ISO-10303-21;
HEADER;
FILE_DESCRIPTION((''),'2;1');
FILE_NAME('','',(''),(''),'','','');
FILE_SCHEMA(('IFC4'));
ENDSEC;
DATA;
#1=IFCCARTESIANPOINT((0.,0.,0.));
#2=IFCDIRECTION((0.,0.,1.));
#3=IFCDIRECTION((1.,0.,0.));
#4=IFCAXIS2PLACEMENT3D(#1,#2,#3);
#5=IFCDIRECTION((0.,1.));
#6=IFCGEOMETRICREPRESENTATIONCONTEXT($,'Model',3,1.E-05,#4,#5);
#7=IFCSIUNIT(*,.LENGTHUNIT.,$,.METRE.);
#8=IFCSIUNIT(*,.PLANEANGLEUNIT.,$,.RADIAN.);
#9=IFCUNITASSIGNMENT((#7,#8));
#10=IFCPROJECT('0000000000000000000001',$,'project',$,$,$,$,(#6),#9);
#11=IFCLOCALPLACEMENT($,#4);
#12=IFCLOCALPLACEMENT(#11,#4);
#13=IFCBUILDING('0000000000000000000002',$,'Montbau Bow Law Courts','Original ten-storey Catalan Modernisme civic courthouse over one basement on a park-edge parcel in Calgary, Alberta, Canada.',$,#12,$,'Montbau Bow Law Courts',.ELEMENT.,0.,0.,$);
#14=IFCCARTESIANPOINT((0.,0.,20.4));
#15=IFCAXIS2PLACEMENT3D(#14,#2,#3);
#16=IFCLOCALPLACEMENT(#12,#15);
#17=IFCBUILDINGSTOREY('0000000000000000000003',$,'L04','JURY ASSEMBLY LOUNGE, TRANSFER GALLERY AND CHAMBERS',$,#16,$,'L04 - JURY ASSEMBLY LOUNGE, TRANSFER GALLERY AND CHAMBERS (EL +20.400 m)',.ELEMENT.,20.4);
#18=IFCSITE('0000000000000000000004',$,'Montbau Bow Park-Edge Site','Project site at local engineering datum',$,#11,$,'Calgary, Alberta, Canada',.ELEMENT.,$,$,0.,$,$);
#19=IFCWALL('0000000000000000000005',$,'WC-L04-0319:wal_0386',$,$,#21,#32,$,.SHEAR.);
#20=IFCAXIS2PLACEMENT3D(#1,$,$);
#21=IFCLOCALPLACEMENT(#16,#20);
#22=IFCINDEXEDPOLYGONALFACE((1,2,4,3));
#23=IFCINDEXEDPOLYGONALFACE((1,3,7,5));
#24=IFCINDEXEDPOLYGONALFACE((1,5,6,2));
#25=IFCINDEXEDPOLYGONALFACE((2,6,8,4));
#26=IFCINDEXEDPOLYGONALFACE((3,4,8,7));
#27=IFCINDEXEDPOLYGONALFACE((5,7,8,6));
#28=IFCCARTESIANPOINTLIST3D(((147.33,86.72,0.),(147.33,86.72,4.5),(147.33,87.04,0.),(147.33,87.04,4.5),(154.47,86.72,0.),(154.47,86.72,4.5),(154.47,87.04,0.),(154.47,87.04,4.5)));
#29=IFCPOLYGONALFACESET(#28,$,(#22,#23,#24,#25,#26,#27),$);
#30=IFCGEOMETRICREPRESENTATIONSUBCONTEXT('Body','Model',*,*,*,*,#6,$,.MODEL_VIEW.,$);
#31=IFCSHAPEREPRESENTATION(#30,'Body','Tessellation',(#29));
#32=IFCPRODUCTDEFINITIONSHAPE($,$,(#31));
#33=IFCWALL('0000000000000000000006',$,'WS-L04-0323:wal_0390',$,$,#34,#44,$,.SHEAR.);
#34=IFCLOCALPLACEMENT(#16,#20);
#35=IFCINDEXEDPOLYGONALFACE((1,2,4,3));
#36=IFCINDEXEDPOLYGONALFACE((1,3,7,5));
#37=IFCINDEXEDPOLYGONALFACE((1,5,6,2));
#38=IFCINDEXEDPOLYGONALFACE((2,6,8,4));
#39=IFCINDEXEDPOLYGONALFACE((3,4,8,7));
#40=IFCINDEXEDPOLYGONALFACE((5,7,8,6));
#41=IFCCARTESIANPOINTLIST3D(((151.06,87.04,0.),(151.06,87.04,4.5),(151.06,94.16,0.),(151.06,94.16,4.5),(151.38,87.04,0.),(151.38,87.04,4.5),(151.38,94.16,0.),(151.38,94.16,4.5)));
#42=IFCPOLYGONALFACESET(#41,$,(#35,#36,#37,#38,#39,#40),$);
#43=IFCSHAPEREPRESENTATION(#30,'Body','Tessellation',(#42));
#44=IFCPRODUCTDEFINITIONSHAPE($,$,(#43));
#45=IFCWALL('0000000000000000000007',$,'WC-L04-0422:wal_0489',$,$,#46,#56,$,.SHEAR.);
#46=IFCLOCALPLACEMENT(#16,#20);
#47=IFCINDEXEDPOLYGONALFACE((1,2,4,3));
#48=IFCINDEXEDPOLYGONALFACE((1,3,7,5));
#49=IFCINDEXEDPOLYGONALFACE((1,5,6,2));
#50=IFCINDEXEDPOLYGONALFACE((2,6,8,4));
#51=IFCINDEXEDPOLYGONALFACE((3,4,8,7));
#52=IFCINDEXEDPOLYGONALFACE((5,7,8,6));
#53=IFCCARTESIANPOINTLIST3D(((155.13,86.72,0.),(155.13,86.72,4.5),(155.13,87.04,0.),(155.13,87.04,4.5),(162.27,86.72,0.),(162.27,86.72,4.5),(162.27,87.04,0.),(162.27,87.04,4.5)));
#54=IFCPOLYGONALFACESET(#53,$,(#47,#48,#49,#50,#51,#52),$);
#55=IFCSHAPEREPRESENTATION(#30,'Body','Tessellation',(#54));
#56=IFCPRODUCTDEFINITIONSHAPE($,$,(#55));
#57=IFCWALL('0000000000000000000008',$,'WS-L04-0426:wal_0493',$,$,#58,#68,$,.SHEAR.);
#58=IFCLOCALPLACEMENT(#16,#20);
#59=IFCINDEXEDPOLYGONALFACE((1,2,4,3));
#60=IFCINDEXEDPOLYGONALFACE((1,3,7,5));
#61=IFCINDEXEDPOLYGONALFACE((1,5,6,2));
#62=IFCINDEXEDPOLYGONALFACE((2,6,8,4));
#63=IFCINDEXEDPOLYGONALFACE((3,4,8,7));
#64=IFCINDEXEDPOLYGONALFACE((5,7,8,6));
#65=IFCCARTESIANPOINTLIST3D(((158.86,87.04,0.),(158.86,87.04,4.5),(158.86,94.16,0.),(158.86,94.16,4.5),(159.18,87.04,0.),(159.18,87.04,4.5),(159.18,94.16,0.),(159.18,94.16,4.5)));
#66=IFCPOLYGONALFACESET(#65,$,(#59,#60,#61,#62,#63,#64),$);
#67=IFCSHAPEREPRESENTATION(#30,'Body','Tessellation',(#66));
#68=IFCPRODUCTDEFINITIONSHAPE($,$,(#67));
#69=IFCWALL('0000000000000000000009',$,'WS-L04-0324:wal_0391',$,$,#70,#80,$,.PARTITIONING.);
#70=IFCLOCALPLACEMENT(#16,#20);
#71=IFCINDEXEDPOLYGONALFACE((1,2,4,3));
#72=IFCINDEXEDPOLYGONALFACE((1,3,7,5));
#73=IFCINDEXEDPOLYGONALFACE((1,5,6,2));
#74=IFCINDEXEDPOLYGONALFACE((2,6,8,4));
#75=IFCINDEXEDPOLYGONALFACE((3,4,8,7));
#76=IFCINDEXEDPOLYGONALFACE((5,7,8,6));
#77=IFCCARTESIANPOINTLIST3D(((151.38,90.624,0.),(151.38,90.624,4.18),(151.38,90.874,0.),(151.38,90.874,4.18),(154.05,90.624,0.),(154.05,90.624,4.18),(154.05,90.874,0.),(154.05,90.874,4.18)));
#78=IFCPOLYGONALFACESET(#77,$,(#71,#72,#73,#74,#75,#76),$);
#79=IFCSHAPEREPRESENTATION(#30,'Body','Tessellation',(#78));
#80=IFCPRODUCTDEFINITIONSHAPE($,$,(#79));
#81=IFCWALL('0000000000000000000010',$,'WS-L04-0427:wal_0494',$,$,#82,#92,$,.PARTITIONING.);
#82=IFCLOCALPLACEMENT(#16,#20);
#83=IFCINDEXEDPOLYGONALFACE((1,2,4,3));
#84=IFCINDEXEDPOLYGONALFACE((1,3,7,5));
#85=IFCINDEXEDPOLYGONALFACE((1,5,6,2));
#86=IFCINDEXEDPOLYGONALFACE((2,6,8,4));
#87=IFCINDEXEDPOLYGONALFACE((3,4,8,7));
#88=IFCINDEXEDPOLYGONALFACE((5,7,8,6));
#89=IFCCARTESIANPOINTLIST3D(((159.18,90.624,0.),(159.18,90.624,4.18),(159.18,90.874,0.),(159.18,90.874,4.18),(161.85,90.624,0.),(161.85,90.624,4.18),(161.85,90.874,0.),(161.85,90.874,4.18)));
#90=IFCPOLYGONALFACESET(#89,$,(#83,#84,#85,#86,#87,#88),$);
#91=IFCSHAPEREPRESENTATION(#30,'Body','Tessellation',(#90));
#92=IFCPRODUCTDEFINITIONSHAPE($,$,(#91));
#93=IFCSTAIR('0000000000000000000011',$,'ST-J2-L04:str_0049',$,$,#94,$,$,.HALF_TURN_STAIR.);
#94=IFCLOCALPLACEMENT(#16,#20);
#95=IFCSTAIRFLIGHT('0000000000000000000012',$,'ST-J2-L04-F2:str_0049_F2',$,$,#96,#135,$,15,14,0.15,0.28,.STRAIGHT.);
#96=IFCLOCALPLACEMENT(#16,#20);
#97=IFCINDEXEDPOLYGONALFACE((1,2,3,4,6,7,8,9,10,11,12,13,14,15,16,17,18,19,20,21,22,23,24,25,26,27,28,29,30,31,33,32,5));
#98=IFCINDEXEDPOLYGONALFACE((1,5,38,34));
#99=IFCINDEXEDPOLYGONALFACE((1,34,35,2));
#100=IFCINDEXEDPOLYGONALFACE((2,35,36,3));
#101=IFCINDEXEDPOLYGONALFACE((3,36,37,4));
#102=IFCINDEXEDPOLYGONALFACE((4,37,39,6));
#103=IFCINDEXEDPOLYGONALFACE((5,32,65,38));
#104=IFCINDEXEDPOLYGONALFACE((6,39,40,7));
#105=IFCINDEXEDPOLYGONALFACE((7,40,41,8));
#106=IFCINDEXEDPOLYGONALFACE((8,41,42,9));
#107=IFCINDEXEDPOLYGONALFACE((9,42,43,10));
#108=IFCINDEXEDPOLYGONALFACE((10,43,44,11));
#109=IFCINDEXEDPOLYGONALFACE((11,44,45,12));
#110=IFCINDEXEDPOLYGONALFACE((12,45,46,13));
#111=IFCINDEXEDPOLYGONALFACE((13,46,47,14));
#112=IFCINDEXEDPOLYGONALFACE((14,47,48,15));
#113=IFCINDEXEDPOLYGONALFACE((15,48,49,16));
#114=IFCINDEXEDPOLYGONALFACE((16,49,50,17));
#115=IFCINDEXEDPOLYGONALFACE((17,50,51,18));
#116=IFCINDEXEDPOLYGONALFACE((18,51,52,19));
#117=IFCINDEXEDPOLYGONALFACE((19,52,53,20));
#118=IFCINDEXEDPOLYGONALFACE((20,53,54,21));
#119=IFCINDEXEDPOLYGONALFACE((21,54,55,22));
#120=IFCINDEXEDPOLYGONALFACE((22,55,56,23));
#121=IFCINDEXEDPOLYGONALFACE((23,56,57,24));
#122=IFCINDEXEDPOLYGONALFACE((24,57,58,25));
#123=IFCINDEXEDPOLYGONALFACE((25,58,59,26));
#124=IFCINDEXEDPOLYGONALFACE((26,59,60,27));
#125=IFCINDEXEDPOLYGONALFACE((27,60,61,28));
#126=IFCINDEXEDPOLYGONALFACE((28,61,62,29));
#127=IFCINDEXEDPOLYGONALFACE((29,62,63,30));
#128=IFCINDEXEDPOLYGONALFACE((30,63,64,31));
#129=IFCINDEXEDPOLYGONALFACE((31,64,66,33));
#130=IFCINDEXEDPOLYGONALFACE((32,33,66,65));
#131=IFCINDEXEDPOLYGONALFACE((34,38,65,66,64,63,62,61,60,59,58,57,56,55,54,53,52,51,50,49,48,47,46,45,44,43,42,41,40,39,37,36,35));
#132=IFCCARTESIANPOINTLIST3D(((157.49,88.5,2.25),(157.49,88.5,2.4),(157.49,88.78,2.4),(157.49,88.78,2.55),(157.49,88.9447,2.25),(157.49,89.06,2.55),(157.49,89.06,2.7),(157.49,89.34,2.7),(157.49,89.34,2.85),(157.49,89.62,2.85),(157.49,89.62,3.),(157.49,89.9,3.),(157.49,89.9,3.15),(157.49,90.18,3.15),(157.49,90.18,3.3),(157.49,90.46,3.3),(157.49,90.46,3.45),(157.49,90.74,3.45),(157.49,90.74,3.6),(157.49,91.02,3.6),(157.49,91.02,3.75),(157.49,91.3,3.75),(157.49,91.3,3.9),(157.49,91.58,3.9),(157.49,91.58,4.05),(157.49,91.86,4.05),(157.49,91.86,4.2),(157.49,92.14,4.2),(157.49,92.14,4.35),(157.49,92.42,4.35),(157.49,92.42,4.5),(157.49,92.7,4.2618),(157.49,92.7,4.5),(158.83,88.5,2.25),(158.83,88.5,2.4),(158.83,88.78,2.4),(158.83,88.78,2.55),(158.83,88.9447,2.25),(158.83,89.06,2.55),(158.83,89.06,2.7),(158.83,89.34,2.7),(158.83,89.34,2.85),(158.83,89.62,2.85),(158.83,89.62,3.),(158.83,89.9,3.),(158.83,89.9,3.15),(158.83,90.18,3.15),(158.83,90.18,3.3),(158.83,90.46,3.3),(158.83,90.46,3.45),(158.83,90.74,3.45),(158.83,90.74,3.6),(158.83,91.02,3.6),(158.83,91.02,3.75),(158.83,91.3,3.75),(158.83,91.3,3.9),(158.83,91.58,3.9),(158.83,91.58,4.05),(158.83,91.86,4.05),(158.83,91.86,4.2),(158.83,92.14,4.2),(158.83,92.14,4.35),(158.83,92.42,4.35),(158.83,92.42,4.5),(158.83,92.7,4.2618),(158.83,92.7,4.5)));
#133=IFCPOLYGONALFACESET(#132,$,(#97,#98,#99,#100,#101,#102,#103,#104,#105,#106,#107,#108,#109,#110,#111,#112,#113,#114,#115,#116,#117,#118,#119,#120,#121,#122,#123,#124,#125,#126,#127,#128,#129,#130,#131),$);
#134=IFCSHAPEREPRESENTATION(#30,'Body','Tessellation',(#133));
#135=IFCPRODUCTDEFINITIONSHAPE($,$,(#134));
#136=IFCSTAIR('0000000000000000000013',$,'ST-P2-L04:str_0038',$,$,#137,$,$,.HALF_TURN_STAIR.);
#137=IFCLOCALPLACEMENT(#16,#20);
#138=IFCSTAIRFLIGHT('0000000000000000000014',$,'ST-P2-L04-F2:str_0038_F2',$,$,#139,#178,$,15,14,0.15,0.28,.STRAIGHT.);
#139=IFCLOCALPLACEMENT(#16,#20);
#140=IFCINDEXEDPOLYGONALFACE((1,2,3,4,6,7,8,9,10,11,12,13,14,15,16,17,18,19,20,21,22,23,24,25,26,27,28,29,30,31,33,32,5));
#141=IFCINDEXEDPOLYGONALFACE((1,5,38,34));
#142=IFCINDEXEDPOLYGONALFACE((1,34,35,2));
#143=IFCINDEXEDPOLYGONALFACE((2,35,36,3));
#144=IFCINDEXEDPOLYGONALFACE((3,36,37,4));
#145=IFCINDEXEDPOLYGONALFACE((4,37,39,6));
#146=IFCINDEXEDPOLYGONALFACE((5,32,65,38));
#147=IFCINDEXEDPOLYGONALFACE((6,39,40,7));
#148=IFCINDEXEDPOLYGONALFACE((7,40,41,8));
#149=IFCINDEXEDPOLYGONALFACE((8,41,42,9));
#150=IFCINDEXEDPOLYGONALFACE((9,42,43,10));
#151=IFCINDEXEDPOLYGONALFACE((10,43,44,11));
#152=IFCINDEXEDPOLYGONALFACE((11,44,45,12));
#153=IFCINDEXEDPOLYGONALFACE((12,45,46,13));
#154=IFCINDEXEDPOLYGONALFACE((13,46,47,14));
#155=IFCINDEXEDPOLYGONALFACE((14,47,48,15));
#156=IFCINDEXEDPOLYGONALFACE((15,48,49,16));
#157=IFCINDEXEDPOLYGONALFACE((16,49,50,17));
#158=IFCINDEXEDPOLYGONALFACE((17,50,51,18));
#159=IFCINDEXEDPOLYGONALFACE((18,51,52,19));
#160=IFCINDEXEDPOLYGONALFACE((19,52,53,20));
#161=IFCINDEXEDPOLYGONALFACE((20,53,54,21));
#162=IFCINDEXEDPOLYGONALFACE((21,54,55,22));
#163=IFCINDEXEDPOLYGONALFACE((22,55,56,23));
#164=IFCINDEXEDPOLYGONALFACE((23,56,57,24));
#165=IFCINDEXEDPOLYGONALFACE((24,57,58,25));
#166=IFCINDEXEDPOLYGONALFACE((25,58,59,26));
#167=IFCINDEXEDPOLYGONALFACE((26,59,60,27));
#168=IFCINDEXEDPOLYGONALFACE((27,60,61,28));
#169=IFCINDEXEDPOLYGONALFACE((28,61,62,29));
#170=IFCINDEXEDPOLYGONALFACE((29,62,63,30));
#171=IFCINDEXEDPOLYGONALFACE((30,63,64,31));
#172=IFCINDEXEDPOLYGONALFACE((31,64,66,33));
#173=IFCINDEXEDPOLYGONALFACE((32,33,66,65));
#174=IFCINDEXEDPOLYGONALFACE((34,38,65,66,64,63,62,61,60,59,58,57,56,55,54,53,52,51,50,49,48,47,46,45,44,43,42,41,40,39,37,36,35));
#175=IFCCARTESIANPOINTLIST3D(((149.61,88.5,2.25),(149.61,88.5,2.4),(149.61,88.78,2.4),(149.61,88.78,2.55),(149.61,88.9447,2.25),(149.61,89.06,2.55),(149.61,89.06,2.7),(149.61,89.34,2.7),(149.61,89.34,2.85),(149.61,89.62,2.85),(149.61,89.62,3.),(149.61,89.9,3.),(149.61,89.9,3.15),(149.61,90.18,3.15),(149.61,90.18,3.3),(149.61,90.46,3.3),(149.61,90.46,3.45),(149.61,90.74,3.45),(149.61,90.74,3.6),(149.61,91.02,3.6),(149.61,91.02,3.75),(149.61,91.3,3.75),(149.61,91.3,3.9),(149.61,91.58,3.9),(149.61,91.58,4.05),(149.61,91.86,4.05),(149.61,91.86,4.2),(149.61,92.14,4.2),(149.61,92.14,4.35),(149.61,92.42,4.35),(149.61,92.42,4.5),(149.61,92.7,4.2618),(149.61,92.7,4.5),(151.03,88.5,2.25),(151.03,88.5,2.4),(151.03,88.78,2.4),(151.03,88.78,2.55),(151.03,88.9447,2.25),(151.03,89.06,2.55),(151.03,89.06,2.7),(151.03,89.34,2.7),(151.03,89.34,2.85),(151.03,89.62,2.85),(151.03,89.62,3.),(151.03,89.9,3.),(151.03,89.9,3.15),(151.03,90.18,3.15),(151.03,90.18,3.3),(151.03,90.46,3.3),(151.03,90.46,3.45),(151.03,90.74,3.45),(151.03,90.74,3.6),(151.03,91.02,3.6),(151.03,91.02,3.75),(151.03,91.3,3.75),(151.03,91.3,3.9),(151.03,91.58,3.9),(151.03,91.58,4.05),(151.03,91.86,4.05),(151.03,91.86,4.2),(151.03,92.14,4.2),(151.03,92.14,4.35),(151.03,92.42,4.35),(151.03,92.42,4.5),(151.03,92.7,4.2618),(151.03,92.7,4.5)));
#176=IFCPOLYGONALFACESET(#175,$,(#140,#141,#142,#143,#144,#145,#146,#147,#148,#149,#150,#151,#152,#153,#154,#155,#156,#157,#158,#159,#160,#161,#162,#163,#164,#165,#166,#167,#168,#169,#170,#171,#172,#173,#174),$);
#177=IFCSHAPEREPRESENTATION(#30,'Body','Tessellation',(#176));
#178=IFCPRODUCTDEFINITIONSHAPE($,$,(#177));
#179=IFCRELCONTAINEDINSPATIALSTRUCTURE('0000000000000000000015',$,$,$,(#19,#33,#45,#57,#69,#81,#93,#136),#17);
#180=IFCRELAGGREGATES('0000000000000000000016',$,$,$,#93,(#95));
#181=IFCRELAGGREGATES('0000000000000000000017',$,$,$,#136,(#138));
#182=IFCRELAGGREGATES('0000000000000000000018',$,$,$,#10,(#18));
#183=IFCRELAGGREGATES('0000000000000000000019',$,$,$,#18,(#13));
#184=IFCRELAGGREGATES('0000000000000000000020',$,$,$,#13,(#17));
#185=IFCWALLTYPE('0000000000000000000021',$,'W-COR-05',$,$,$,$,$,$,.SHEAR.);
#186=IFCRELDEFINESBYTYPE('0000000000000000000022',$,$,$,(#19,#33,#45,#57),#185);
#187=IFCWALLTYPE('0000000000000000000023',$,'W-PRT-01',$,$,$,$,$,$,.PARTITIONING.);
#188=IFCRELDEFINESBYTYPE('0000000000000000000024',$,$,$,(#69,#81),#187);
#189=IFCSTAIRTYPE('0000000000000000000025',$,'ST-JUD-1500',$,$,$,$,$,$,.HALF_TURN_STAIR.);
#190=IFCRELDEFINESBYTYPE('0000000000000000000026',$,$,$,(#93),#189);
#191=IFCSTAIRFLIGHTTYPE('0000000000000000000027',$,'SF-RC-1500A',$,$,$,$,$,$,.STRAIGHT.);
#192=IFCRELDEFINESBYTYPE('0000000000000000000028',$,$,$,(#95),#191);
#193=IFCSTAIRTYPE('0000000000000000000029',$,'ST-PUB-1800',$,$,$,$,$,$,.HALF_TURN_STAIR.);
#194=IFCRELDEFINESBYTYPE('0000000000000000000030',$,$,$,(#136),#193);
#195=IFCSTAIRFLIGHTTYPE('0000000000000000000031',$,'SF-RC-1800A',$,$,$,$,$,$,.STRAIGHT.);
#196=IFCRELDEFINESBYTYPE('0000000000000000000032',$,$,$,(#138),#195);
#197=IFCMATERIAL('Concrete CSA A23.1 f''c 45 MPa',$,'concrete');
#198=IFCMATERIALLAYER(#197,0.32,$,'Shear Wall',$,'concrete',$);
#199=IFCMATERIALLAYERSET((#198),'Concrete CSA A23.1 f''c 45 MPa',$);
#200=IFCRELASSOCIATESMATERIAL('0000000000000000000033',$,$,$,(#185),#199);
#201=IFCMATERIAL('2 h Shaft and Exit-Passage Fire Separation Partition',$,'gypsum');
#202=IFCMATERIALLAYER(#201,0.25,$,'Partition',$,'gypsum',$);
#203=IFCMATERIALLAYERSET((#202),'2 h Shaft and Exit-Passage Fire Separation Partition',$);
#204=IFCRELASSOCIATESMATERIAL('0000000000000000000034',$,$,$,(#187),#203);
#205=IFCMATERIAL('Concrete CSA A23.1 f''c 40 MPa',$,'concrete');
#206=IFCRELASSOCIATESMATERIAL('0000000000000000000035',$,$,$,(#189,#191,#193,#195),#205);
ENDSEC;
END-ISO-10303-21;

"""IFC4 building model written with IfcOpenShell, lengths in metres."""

from ifc_helpers import new_model, si_unit, direction, frame, frame_2d, origin_with_axes, place, context, subcontext, project, spatial, polyline, rectangle, outline, extrude, material, layer, layer_set, type_object, element, aggregate, save


model = new_model("IFC4")

# Units and contexts
model_context = context("Model", 3, precision=1e-05, world=origin_with_axes(), true_north=direction((0.0, 1.0)))
body_context = subcontext(model_context, "Body", "Model", "MODEL_VIEW")
ifc_project = project(units=[si_unit("LENGTHUNIT", "METRE"), si_unit("PLANEANGLEUNIT", "RADIAN")], contexts=[model_context])

# Site, building, storey
site_placement = place(None, origin_with_axes())
site = spatial("IfcSite", under=ifc_project, at=site_placement, Name="Montbau Bow Park-Edge Site", Description="Project site at local engineering datum", LongName="Calgary, Alberta, Canada", CompositionType="ELEMENT", RefElevation=0.0)
building_placement = place(site_placement, origin_with_axes())
building = spatial("IfcBuilding", under=site, at=building_placement, Name="Montbau Bow Law Courts", Description="Original ten-storey Catalan Modernisme civic courthouse over one basement on a park-edge parcel in Calgary, Alberta, Canada.", LongName="Montbau Bow Law Courts", CompositionType="ELEMENT", ElevationOfRefHeight=0.0, ElevationOfTerrain=0.0)
storey_placement = place(building_placement, frame((0.0, 0.0, 20.4), z_axis=(0.0, 0.0, 1.0), x_axis=(1.0, 0.0, 0.0)))
storey = spatial("IfcBuildingStorey", under=building, at=storey_placement, Name="L04", Description="JURY ASSEMBLY LOUNGE, TRANSFER GALLERY AND CHAMBERS", LongName="L04 - JURY ASSEMBLY LOUNGE, TRANSFER GALLERY AND CHAMBERS (EL +20.400 m)", CompositionType="ELEMENT", Elevation=20.4)

# Walls
ifc_material_1 = material(Name="Concrete CSA A23.1 f'c 45 MPa", Category="concrete")
ifc_layer_1 = layer(ifc_material_1, 0.32, Name="Shear Wall", Category="concrete")
ifc_layer_set_1 = layer_set([ifc_layer_1], Name="Concrete CSA A23.1 f'c 45 MPa")
wall_type_1 = type_object("IfcWallType", Name="W-COR-05", PredefinedType="SHEAR", material=ifc_layer_set_1)
wall_1_placement = place(None, frame((147.33, 86.88, 20.4), z_axis=(0.0, 0.0, 1.0), x_axis=(1.0, 0.0, 0.0)))
element("IfcWall", 1, at=wall_1_placement, inside=storey, type_object=wall_type_1, Name="WC-L04-0319:wal_0386", PredefinedType="SHEAR", context=body_context, shape_type="SweptSolid", body=[
    extrude(rectangle(XDim=7.14, YDim=0.32, at=frame_2d((3.57, 0.0), x_axis=(1.0, 0.0))), origin_with_axes(), (0.0, 0.0, 1.0), 4.5),
])
wall_2_placement = place(None, frame((151.22, 87.04, 20.4), z_axis=(0.0, 0.0, 1.0), x_axis=(0.0, 1.0, 0.0)))
element("IfcWall", 2, at=wall_2_placement, inside=storey, type_object=wall_type_1, Name="WS-L04-0323:wal_0390", PredefinedType="SHEAR", context=body_context, shape_type="SweptSolid", body=[
    extrude(rectangle(XDim=7.12, YDim=0.32, at=frame_2d((3.56, 0.0), x_axis=(1.0, 0.0))), origin_with_axes(), (0.0, 0.0, 1.0), 4.5),
])
wall_3_placement = place(None, frame((155.13, 86.88, 20.4), z_axis=(0.0, 0.0, 1.0), x_axis=(1.0, 0.0, 0.0)))
element("IfcWall", 3, at=wall_3_placement, inside=storey, type_object=wall_type_1, Name="WC-L04-0422:wal_0489", PredefinedType="SHEAR", context=body_context, shape_type="SweptSolid", body=[
    extrude(rectangle(XDim=7.14, YDim=0.32, at=frame_2d((3.57, 0.0), x_axis=(1.0, 0.0))), origin_with_axes(), (0.0, 0.0, 1.0), 4.5),
])
wall_4_placement = place(None, frame((159.02, 87.04, 20.4), z_axis=(0.0, 0.0, 1.0), x_axis=(0.0, 1.0, 0.0)))
element("IfcWall", 4, at=wall_4_placement, inside=storey, type_object=wall_type_1, Name="WS-L04-0426:wal_0493", PredefinedType="SHEAR", context=body_context, shape_type="SweptSolid", body=[
    extrude(rectangle(XDim=7.12, YDim=0.32, at=frame_2d((3.56, 0.0), x_axis=(1.0, 0.0))), origin_with_axes(), (0.0, 0.0, 1.0), 4.5),
])
ifc_material_2 = material(Name="2 h Shaft and Exit-Passage Fire Separation Partition", Category="gypsum")
ifc_layer_2 = layer(ifc_material_2, 0.25, Name="Partition", Category="gypsum")
ifc_layer_set_2 = layer_set([ifc_layer_2], Name="2 h Shaft and Exit-Passage Fire Separation Partition")
wall_type_2 = type_object("IfcWallType", Name="W-PRT-01", PredefinedType="PARTITIONING", material=ifc_layer_set_2)
wall_5_placement = place(None, frame((151.38, 90.749, 20.4), z_axis=(0.0, 0.0, 1.0), x_axis=(1.0, 0.0, 0.0)))
element("IfcWall", 5, at=wall_5_placement, inside=storey, type_object=wall_type_2, Name="WS-L04-0324:wal_0391", PredefinedType="PARTITIONING", context=body_context, shape_type="SweptSolid", body=[
    extrude(rectangle(XDim=2.67, YDim=0.25, at=frame_2d((1.335, 0.0), x_axis=(1.0, 0.0))), origin_with_axes(), (0.0, 0.0, 1.0), 4.18),
])
wall_6_placement = place(None, frame((159.18, 90.749, 20.4), z_axis=(0.0, 0.0, 1.0), x_axis=(1.0, 0.0, 0.0)))
element("IfcWall", 6, at=wall_6_placement, inside=storey, type_object=wall_type_2, Name="WS-L04-0427:wal_0494", PredefinedType="PARTITIONING", context=body_context, shape_type="SweptSolid", body=[
    extrude(rectangle(XDim=2.67, YDim=0.25, at=frame_2d((1.335, 0.0), x_axis=(1.0, 0.0))), origin_with_axes(), (0.0, 0.0, 1.0), 4.18),
])

# Stairs, stair flights
ifc_material_3 = material(Name="Concrete CSA A23.1 f'c 40 MPa", Category="concrete")
stair_type_1 = type_object("IfcStairType", Name="ST-JUD-1500", PredefinedType="HALF_TURN_STAIR", material=ifc_material_3)
stair_1_placement = place(None, frame((156.25, 92.7, 20.4), z_axis=(0.0, 0.0, 1.0), x_axis=(1.0, 0.0, 0.0)))
stair_1 = element("IfcStair", 7, at=stair_1_placement, inside=storey, type_object=stair_type_1, Name="ST-J2-L04:str_0049", PredefinedType="HALF_TURN_STAIR")
stair_flight_type_1 = type_object("IfcStairFlightType", Name="SF-RC-1500A", PredefinedType="STRAIGHT", material=ifc_material_3)
stair_flight_1_placement = place(None, frame((158.16, 88.5, 22.65), z_axis=(0.0, 0.0, 1.0), x_axis=(0.0, 1.0, 0.0)))
stair_flight_1 = element("IfcStairFlight", 8, at=stair_flight_1_placement, type_object=stair_flight_type_1, Name="ST-J2-L04-F2:str_0049_F2", NumberOfRisers=15, NumberOfTreads=14, PredefinedType="STRAIGHT", RiserHeight=0.15, TreadLength=0.28, context=body_context, shape_type="SweptSolid", body=[
    extrude(outline(polyline([(0.0, 0.0), (0.0, 0.15), (0.28, 0.15), (0.28, 0.3), (0.56, 0.3), (0.56, 0.45), (0.84, 0.45), (0.84, 0.6), (1.12, 0.6), (1.12, 0.75), (1.4, 0.75), (1.4, 0.9), (1.68, 0.9), (1.68, 1.05), (1.96, 1.05), (1.96, 1.2), (2.24, 1.2), (2.24, 1.35), (2.52, 1.35), (2.52, 1.5), (2.8, 1.5), (2.8, 1.65), (3.08, 1.65), (3.08, 1.8), (3.36, 1.8), (3.36, 1.95), (3.64, 1.95), (3.64, 2.1), (3.92, 2.1), (3.92, 2.25), (4.2, 2.25), (4.2, 2.0118), (0.4447, 0.0), (0.0, 0.0)])), frame((0.0, 0.67, 0.0), z_axis=(0.0, -1.0, 0.0), x_axis=(1.0, 0.0, 0.0)), (0.0, 0.0, 1.0), 1.34),
])
aggregate(stair_1, [stair_flight_1])
stair_type_2 = type_object("IfcStairType", Name="ST-PUB-1800", PredefinedType="HALF_TURN_STAIR", material=ifc_material_3)
stair_2_placement = place(None, frame((148.49, 92.7, 20.4), z_axis=(0.0, 0.0, 1.0), x_axis=(1.0, 0.0, 0.0)))
stair_2 = element("IfcStair", 9, at=stair_2_placement, inside=storey, type_object=stair_type_2, Name="ST-P2-L04:str_0038", PredefinedType="HALF_TURN_STAIR")
stair_flight_type_2 = type_object("IfcStairFlightType", Name="SF-RC-1800A", PredefinedType="STRAIGHT", material=ifc_material_3)
stair_flight_2_placement = place(None, frame((150.32, 88.5, 22.65), z_axis=(0.0, 0.0, 1.0), x_axis=(0.0, 1.0, 0.0)))
stair_flight_2 = element("IfcStairFlight", 10, at=stair_flight_2_placement, type_object=stair_flight_type_2, Name="ST-P2-L04-F2:str_0038_F2", NumberOfRisers=15, NumberOfTreads=14, PredefinedType="STRAIGHT", RiserHeight=0.15, TreadLength=0.28, context=body_context, shape_type="SweptSolid", body=[
    extrude(outline(polyline([(0.0, 0.0), (0.0, 0.15), (0.28, 0.15), (0.28, 0.3), (0.56, 0.3), (0.56, 0.45), (0.84, 0.45), (0.84, 0.6), (1.12, 0.6), (1.12, 0.75), (1.4, 0.75), (1.4, 0.9), (1.68, 0.9), (1.68, 1.05), (1.96, 1.05), (1.96, 1.2), (2.24, 1.2), (2.24, 1.35), (2.52, 1.35), (2.52, 1.5), (2.8, 1.5), (2.8, 1.65), (3.08, 1.65), (3.08, 1.8), (3.36, 1.8), (3.36, 1.95), (3.64, 1.95), (3.64, 2.1), (3.92, 2.1), (3.92, 2.25), (4.2, 2.25), (4.2, 2.0118), (0.4447, 0.0), (0.0, 0.0)])), frame((0.0, 0.71, 0.0), z_axis=(0.0, -1.0, 0.0), x_axis=(1.0, 0.0, 0.0)), (0.0, 0.0, 1.0), 1.42),
])
aggregate(stair_2, [stair_flight_2])

save(model, "model.ifc")
